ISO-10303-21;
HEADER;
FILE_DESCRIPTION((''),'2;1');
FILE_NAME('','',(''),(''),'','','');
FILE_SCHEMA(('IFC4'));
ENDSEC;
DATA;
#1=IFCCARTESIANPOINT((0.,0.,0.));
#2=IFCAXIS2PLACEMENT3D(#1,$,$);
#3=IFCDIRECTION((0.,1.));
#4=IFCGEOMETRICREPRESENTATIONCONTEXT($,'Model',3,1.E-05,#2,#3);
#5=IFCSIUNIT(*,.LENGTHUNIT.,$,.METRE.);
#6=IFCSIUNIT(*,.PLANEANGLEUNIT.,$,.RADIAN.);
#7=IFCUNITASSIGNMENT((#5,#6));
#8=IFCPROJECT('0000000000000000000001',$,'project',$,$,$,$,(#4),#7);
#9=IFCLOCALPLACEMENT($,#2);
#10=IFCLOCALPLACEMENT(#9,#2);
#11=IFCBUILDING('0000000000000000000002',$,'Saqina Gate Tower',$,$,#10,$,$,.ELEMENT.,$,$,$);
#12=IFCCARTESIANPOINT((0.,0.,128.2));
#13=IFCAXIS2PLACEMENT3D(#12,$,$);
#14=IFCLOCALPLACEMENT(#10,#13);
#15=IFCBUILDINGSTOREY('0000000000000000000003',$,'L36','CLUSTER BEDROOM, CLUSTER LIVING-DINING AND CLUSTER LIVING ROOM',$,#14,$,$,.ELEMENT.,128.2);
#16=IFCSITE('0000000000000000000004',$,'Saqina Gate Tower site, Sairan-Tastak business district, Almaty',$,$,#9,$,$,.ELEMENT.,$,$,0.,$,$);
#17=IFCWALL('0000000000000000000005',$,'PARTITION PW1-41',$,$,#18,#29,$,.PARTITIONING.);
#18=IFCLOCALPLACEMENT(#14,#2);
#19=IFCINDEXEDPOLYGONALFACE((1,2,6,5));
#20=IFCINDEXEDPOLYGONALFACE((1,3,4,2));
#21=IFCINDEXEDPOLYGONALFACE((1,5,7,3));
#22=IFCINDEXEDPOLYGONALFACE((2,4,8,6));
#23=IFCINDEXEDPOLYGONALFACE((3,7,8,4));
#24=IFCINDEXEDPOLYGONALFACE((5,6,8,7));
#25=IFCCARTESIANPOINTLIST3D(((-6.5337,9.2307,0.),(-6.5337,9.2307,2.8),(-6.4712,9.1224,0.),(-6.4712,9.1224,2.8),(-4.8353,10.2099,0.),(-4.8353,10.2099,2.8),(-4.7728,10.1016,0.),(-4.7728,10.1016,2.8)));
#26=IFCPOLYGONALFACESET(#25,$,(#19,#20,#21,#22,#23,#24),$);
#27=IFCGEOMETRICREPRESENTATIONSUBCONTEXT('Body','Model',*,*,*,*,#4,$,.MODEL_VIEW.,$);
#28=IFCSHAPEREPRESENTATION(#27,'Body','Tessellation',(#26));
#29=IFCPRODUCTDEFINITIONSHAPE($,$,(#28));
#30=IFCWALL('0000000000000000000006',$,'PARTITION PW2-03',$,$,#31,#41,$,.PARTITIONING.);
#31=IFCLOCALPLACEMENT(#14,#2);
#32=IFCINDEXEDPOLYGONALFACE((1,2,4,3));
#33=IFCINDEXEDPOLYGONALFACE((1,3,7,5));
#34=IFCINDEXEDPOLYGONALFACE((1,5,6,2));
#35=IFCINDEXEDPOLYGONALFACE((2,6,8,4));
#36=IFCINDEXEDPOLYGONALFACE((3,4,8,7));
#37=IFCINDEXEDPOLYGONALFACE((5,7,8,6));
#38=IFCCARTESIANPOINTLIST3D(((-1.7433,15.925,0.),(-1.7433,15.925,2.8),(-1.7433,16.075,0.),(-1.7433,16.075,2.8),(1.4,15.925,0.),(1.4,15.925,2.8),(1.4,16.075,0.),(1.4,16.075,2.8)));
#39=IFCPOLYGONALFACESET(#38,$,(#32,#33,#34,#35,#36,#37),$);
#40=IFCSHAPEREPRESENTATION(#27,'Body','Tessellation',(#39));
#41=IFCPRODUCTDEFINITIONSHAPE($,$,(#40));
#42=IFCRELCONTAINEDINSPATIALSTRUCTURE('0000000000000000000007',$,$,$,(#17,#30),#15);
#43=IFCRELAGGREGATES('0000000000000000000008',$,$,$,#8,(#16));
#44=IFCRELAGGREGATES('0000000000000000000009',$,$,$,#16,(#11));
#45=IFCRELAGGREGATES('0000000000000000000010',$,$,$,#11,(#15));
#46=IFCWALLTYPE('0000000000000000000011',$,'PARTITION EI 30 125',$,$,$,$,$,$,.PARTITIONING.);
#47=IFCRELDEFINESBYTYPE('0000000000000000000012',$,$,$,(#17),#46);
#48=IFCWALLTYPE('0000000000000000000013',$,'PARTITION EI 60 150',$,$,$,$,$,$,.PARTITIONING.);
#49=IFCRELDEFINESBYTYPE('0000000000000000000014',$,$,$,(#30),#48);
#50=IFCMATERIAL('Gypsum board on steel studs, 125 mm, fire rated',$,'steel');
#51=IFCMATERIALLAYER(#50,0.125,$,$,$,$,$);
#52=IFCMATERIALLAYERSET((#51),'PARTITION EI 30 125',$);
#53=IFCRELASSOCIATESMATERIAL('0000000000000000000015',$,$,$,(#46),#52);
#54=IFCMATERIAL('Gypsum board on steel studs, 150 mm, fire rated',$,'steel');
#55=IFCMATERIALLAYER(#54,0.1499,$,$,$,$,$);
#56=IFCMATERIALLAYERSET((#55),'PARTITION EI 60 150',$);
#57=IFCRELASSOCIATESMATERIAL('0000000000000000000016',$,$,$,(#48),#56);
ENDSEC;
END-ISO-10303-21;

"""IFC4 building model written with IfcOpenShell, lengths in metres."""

from ifc_helpers import new_model, si_unit, direction, frame, frame_2d, origin, place, context, subcontext, project, spatial, rectangle, extrude, material, layer, layer_set, type_object, element, save


model = new_model("IFC4")

# Units and contexts
model_context = context("Model", 3, precision=1e-05, world=origin(), true_north=direction((0.0, 1.0)))
body_context = subcontext(model_context, "Body", "Model", "MODEL_VIEW")
ifc_project = project(units=[si_unit("LENGTHUNIT", "METRE"), si_unit("PLANEANGLEUNIT", "RADIAN")], contexts=[model_context])

# Site, building, storey
site_placement = place(None, origin())
site = spatial("IfcSite", under=ifc_project, at=site_placement, Name="Saqina Gate Tower site, Sairan-Tastak business district, Almaty", CompositionType="ELEMENT", RefElevation=0.0)
building_placement = place(site_placement, origin())
building = spatial("IfcBuilding", under=site, at=building_placement, Name="Saqina Gate Tower", CompositionType="ELEMENT")
storey_placement = place(building_placement, frame((0.0, 0.0, 128.2)))
storey = spatial("IfcBuildingStorey", under=building, at=storey_placement, Name="L36", Description="CLUSTER BEDROOM, CLUSTER LIVING-DINING AND CLUSTER LIVING ROOM", CompositionType="ELEMENT", Elevation=128.2)

# Walls
ifc_material_1 = material(Name="Gypsum board on steel studs, 125 mm, fire rated", Category="steel")
ifc_layer_1 = layer(ifc_material_1, 0.125)
ifc_layer_set_1 = layer_set([ifc_layer_1], Name="PARTITION EI 30 125")
wall_type_1 = type_object("IfcWallType", Name="PARTITION EI 30 125", PredefinedType="PARTITIONING", material=ifc_layer_set_1)
wall_1_placement = place(storey_placement, frame((-6.5024, 9.1765, 0.0), z_axis=(0.0, 0.0, 1.0), x_axis=(0.866329, 0.499474, 0.0)))
element("IfcWall", 1, at=wall_1_placement, inside=storey, type_object=wall_type_1, Name="PARTITION PW1-41", PredefinedType="PARTITIONING", context=body_context, shape_type="SweptSolid", body=[
    extrude(rectangle(XDim=1.9604, YDim=0.125, at=frame_2d((0.9802, 0.0))), origin(), (0.0, 0.0, 1.0), 2.8),
])
ifc_material_2 = material(Name="Gypsum board on steel studs, 150 mm, fire rated", Category="steel")
ifc_layer_2 = layer(ifc_material_2, 0.1499)
ifc_layer_set_2 = layer_set([ifc_layer_2], Name="PARTITION EI 60 150")
wall_type_2 = type_object("IfcWallType", Name="PARTITION EI 60 150", PredefinedType="PARTITIONING", material=ifc_layer_set_2)
wall_2_placement = place(storey_placement, frame((-1.7434, 16.0, 0.0), z_axis=(0.0, 0.0, 1.0), x_axis=(1.0, 0.0, 0.0)))
element("IfcWall", 2, at=wall_2_placement, inside=storey, type_object=wall_type_2, Name="PARTITION PW2-03", PredefinedType="PARTITIONING", context=body_context, shape_type="SweptSolid", body=[
    extrude(rectangle(XDim=3.1433, YDim=0.1499, at=frame_2d((1.5718, 0.0))), origin(), (0.0, 0.0, 1.0), 2.8),
])

save(model, "model.ifc")
